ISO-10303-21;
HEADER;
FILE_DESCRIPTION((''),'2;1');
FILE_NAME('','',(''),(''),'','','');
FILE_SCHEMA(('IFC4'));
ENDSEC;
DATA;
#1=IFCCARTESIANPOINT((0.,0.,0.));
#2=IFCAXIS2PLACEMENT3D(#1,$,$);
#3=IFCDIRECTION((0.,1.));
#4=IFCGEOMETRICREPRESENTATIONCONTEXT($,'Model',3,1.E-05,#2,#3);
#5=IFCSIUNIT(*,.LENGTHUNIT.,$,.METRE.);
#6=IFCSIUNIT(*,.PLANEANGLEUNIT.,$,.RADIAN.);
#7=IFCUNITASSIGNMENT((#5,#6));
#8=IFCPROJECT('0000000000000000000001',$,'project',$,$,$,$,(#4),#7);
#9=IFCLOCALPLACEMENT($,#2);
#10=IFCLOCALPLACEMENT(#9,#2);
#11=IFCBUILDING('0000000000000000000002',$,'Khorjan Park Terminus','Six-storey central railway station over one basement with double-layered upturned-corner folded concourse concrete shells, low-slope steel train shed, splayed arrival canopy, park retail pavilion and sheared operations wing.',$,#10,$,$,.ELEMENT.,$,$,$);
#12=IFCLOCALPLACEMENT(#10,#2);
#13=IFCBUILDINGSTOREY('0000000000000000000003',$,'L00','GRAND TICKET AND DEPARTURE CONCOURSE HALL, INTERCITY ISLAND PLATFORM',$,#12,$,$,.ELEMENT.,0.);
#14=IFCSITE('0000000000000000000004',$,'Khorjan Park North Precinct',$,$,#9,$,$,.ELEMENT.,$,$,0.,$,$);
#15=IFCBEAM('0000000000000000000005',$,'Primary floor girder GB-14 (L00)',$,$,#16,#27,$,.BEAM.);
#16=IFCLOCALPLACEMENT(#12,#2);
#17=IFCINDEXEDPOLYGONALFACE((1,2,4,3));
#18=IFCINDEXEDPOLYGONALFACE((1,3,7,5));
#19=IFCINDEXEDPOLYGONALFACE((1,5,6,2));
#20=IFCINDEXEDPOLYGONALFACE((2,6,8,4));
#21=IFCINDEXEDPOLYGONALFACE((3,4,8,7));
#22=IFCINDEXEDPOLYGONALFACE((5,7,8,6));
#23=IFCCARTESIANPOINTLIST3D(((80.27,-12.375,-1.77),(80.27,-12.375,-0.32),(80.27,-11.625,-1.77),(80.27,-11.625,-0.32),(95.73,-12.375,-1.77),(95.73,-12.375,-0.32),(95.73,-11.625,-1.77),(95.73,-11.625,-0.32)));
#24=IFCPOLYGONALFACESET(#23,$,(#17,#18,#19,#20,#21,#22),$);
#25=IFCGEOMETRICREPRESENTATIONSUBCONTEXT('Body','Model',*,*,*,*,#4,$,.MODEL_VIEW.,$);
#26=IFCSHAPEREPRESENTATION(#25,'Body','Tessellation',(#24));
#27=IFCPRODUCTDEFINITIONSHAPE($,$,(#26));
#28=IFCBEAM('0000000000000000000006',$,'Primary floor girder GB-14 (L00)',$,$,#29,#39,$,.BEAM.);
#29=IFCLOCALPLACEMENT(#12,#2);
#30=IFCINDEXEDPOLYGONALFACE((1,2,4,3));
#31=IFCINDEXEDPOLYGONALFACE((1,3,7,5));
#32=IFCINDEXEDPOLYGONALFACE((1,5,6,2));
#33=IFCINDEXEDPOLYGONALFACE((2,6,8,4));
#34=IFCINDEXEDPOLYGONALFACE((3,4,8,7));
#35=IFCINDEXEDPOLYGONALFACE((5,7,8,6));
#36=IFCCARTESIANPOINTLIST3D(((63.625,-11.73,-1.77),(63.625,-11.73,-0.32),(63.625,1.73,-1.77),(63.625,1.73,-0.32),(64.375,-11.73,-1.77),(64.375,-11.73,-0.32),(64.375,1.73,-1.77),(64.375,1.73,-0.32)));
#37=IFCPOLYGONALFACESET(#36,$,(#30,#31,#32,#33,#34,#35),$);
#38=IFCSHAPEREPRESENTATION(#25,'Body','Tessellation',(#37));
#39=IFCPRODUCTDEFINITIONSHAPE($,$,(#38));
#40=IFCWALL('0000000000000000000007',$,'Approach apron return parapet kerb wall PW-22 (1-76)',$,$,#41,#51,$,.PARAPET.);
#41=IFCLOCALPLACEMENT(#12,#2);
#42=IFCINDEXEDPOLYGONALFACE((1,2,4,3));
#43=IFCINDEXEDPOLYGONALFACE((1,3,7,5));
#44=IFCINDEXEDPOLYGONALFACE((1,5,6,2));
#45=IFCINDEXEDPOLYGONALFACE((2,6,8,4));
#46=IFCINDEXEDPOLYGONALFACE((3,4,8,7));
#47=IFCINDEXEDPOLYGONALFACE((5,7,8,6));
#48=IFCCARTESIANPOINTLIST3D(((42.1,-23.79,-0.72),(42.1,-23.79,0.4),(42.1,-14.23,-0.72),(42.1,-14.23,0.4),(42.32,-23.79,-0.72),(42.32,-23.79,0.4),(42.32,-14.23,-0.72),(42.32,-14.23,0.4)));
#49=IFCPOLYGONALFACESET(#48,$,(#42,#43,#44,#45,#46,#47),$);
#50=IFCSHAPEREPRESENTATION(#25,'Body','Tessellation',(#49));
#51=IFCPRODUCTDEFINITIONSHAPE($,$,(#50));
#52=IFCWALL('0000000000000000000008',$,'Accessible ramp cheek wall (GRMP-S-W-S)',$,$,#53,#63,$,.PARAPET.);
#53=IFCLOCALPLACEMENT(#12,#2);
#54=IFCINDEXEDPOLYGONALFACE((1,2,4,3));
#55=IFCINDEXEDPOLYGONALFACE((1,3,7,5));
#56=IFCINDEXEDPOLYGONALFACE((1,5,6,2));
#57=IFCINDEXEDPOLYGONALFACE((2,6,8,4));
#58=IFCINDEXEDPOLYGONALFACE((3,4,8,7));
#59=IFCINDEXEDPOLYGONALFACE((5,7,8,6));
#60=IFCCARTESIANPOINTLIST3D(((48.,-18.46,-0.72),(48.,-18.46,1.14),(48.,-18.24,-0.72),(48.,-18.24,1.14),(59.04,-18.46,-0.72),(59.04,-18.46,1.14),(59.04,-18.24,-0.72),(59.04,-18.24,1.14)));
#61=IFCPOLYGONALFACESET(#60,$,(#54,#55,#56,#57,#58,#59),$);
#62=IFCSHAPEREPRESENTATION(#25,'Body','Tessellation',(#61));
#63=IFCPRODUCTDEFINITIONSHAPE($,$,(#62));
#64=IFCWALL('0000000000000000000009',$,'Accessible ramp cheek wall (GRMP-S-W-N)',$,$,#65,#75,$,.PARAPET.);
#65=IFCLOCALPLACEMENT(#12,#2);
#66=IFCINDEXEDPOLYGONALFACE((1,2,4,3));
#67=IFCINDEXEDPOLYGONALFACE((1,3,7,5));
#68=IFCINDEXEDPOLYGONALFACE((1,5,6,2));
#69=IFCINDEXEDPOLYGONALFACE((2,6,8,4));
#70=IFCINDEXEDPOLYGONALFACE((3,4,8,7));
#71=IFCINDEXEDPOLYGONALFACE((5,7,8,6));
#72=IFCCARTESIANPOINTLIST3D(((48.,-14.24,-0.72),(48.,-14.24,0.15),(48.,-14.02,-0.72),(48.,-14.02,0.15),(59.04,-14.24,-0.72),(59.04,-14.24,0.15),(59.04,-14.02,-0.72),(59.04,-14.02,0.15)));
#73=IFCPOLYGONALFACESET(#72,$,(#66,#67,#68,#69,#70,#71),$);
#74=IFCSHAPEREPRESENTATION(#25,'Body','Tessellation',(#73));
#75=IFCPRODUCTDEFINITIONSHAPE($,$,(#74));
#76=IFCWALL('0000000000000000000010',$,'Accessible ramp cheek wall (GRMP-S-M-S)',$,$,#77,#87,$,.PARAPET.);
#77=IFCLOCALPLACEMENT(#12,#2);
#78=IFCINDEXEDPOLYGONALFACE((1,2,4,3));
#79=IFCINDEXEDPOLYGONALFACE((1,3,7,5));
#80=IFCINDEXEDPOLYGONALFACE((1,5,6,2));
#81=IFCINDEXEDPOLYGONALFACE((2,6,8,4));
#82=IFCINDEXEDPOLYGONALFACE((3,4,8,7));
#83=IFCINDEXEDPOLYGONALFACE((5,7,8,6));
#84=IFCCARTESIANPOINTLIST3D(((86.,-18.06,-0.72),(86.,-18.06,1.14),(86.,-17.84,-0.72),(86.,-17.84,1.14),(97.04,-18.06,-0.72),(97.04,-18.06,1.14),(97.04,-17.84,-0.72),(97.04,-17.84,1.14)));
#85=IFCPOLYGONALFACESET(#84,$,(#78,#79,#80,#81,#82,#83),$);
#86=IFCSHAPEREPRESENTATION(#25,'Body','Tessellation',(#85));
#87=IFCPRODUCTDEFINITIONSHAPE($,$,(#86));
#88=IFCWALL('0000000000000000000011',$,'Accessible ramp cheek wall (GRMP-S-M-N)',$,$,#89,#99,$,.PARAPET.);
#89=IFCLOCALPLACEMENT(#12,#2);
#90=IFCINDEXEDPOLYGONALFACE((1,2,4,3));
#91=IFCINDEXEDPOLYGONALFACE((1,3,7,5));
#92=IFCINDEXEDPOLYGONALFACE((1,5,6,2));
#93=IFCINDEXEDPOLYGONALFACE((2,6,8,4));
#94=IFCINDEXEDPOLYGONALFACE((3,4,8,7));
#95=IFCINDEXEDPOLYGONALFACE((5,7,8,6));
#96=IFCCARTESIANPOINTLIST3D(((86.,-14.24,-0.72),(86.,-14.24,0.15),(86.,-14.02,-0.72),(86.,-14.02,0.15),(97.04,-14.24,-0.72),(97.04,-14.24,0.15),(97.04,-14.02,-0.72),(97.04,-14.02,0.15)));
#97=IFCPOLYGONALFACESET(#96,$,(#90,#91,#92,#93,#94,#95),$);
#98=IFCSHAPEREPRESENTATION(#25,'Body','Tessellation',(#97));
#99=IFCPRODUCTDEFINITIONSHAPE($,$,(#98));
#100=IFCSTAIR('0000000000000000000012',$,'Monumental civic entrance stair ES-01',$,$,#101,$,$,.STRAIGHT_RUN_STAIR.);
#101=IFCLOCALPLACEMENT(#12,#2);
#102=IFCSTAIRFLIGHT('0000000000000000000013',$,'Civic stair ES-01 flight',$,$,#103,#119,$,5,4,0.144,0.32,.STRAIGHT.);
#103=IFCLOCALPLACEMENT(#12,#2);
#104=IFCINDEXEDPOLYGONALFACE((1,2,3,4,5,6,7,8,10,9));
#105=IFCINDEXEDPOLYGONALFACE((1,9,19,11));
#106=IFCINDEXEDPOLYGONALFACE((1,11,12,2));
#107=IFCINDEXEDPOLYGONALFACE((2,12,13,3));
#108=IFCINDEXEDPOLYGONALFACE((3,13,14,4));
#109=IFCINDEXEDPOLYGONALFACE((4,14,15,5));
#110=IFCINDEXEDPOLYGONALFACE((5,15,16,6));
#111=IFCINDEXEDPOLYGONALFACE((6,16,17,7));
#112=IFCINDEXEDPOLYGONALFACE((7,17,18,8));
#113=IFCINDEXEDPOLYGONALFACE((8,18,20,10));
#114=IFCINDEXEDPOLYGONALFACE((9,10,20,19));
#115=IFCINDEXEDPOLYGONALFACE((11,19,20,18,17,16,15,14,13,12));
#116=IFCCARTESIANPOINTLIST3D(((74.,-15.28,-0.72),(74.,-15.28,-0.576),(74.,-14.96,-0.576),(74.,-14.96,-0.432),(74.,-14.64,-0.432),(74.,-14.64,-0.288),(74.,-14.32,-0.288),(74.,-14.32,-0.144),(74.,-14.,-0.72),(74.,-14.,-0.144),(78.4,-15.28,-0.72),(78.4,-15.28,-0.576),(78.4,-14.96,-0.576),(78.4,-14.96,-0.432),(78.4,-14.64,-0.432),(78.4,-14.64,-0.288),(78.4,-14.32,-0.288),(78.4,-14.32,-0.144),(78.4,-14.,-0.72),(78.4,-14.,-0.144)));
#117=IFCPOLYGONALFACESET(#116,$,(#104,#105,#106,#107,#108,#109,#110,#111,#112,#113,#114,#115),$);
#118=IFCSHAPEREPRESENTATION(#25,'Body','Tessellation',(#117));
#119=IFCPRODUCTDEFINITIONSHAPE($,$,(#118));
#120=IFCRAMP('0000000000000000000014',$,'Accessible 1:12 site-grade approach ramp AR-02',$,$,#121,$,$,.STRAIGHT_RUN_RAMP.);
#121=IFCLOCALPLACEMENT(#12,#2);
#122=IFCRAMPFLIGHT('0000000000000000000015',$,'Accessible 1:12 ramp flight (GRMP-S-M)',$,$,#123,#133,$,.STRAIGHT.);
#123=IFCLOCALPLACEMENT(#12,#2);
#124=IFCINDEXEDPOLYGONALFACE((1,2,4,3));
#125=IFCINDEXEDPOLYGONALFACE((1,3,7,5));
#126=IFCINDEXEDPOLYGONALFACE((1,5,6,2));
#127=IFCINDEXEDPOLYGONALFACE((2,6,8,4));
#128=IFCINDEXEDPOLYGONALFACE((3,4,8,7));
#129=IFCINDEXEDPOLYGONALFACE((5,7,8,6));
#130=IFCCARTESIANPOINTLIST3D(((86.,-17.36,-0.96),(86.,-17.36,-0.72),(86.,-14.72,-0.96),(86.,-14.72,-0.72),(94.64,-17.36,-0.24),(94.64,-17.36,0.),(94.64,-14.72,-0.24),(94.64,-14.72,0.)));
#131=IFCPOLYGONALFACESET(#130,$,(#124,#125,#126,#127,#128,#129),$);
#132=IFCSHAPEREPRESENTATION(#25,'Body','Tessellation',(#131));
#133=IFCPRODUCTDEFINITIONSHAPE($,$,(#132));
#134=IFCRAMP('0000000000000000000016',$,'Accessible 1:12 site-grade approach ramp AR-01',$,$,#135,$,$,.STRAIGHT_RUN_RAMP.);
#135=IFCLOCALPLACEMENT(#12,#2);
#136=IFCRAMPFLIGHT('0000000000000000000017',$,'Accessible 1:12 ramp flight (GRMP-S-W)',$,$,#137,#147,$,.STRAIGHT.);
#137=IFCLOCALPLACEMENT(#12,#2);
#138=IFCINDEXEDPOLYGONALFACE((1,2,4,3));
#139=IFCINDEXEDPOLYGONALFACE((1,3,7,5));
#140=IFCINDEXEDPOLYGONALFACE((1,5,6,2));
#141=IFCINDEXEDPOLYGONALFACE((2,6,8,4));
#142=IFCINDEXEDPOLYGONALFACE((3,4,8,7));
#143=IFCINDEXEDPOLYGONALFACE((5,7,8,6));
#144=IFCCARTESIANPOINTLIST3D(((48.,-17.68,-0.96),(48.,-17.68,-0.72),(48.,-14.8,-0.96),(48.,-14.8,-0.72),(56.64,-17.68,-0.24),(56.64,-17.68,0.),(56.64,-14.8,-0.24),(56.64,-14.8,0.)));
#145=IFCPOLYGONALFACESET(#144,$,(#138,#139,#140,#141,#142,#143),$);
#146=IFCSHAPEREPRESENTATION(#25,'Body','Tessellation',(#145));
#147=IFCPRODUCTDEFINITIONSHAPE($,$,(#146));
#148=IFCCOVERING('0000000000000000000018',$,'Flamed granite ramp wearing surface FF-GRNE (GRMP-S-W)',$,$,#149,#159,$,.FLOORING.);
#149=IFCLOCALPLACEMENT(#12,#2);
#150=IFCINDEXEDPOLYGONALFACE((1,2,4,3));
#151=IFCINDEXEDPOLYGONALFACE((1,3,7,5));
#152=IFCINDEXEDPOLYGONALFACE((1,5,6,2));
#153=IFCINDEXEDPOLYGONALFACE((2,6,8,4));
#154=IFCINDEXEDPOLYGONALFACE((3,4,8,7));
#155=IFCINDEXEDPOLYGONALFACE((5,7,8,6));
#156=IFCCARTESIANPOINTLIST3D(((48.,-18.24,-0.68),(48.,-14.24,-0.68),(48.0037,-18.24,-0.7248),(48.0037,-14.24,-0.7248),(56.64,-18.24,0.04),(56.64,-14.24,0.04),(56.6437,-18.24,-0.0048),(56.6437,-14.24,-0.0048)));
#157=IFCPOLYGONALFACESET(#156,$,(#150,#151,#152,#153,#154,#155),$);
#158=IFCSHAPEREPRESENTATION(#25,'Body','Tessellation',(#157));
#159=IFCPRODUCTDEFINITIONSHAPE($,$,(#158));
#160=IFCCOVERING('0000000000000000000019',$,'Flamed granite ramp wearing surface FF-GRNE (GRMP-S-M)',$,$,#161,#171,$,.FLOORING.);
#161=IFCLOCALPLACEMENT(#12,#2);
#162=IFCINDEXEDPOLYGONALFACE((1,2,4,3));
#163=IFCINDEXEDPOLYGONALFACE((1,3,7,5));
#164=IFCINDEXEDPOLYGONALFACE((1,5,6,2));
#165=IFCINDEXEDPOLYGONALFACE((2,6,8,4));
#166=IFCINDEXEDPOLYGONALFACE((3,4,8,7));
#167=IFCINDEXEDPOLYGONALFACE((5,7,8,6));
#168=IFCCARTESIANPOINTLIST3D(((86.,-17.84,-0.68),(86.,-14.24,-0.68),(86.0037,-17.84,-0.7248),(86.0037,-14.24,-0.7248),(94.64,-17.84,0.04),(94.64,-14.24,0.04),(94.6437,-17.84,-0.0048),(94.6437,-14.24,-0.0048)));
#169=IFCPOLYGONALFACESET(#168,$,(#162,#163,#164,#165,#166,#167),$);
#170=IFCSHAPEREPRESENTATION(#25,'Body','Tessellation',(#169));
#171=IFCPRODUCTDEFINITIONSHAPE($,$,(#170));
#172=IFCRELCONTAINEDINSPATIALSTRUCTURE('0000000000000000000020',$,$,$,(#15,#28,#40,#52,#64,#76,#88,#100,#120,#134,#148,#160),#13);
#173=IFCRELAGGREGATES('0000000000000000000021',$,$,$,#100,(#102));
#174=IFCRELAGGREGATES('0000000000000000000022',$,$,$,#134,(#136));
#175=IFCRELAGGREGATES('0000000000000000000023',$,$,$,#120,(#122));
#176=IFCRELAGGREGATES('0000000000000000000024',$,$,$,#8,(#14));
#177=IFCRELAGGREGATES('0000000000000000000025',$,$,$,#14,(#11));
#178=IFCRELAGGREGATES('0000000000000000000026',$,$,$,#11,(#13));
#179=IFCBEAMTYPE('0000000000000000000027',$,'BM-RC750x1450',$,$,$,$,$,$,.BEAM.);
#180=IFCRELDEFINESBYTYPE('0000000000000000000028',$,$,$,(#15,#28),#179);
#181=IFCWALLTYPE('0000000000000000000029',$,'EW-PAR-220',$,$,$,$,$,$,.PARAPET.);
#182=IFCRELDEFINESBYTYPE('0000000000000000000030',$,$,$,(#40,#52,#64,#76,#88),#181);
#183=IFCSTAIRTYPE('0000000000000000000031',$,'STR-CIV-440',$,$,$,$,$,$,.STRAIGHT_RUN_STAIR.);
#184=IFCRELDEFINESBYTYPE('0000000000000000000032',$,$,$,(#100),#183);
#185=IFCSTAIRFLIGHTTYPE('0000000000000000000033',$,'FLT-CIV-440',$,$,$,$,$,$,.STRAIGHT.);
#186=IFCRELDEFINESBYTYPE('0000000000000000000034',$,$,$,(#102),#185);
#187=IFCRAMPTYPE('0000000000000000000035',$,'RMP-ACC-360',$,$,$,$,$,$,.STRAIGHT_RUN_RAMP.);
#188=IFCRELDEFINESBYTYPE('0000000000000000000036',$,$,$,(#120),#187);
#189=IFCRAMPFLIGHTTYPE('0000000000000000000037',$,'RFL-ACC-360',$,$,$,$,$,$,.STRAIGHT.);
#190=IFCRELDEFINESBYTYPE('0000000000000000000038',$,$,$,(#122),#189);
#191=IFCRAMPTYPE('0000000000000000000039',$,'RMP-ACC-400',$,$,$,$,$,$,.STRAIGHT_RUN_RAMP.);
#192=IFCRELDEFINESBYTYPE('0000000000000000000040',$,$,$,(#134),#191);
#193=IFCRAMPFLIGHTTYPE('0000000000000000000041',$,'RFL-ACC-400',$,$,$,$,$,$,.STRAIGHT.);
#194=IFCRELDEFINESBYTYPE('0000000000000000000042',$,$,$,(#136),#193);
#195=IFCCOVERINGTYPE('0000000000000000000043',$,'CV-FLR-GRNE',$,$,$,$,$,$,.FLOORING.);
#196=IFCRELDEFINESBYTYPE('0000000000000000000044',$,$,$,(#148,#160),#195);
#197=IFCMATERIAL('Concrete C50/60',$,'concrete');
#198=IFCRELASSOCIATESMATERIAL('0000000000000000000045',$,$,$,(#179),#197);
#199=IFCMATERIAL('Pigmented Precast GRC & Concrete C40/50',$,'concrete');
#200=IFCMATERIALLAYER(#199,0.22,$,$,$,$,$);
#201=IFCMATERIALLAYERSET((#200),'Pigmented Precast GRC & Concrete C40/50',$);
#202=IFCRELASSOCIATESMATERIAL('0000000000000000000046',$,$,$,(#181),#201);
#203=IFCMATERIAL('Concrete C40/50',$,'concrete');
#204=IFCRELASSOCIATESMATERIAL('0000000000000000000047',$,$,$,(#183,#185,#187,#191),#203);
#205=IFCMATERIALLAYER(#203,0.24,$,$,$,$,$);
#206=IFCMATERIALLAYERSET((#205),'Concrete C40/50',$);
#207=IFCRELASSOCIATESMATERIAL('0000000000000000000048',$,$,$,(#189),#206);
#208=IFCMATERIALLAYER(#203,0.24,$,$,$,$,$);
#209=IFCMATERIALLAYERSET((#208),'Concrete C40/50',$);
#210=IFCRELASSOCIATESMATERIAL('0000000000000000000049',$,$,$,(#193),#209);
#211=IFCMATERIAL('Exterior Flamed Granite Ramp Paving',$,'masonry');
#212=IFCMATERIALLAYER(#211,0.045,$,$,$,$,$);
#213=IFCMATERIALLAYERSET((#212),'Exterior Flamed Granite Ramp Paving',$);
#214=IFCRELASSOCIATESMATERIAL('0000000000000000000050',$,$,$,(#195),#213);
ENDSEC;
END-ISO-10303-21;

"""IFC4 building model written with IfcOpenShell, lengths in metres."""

from ifc_helpers import new_model, si_unit, direction, frame, frame_2d, origin, origin_2d, place, context, subcontext, project, spatial, polyline, rectangle, outline, extrude, material, layer, layer_set, material_profile, profile_set, type_object, element, aggregate, save


model = new_model("IFC4")

# Units and contexts
model_context = context("Model", 3, precision=1e-05, world=origin(), true_north=direction((0.0, 1.0)))
body_context = subcontext(model_context, "Body", "Model", "MODEL_VIEW")
ifc_project = project(units=[si_unit("LENGTHUNIT", "METRE"), si_unit("PLANEANGLEUNIT", "RADIAN")], contexts=[model_context])

# Site, building, storey
site_placement = place(None, origin())
site = spatial("IfcSite", under=ifc_project, at=site_placement, Name="Khorjan Park North Precinct", CompositionType="ELEMENT", RefElevation=0.0)
building_placement = place(site_placement, origin())
building = spatial("IfcBuilding", under=site, at=building_placement, Name="Khorjan Park Terminus", Description="Six-storey central railway station over one basement with double-layered upturned-corner folded concourse concrete shells, low-slope steel train shed, splayed arrival canopy, park retail pavilion and sheared operations wing.", CompositionType="ELEMENT")
storey_placement = place(building_placement, origin())
storey = spatial("IfcBuildingStorey", under=building, at=storey_placement, Name="L00", Description="GRAND TICKET AND DEPARTURE CONCOURSE HALL, INTERCITY ISLAND PLATFORM", CompositionType="ELEMENT", Elevation=0.0)

# Beams
ifc_material_1 = material(Name="Concrete C40/50", Category="concrete")
ifc_material_2 = material(Name="Concrete C50/60", Category="concrete")
ifc_material_profile_1 = material_profile(ifc_material_2, rectangle(XDim=0.75, YDim=1.45, at=origin_2d()), Name="RC 750x1450")
ifc_profile_set_1 = profile_set([ifc_material_profile_1], Name="Concrete C50/60")
beam_type_1 = type_object("IfcBeamType", Name="BM-RC750x1450", PredefinedType="BEAM", material=ifc_profile_set_1)
beam_1_placement = place(storey_placement, frame((80.27, -12.0, -1.045), z_axis=(1.0, 0.0, 0.0), x_axis=(0.0, 1.0, 0.0)))
element("IfcBeam", 1, at=beam_1_placement, inside=storey, type_object=beam_type_1, Name="Primary floor girder GB-14 (L00)", PredefinedType="BEAM", context=body_context, shape_type="SweptSolid", body=[
    extrude(rectangle(XDim=0.75, YDim=1.45, at=origin_2d()), origin(), (0.0, 0.0, 1.0), 15.46),
])
beam_2_placement = place(storey_placement, frame((64.0, -11.73, -1.045), z_axis=(0.0, 1.0, 0.0), x_axis=(-1.0, 0.0, 0.0)))
element("IfcBeam", 2, at=beam_2_placement, inside=storey, type_object=beam_type_1, Name="Primary floor girder GB-14 (L00)", PredefinedType="BEAM", context=body_context, shape_type="SweptSolid", body=[
    extrude(rectangle(XDim=0.75, YDim=1.45, at=origin_2d()), origin(), (0.0, 0.0, 1.0), 13.46),
])

# Walls
ifc_material_3 = material(Name="Pigmented Precast GRC & Concrete C40/50", Category="concrete")
ifc_layer_1 = layer(ifc_material_3, 0.22)
ifc_layer_set_1 = layer_set([ifc_layer_1], Name="Pigmented Precast GRC & Concrete C40/50")
wall_type = type_object("IfcWallType", Name="EW-PAR-220", PredefinedType="PARAPET", material=ifc_layer_set_1)
wall_1_placement = place(storey_placement, frame((42.21, -23.79, -0.72), z_axis=(0.0, 0.0, 1.0), x_axis=(0.0, 1.0, 0.0)))
element("IfcWall", 3, at=wall_1_placement, inside=storey, type_object=wall_type, Name="Approach apron return parapet kerb wall PW-22 (1-76)", PredefinedType="PARAPET", context=body_context, shape_type="SweptSolid", body=[
    extrude(rectangle(XDim=9.56, YDim=0.22, at=frame_2d((4.78, 0.0))), origin(), (0.0, 0.0, 1.0), 1.12),
])
wall_2_placement = place(storey_placement, frame((48.0, -18.35, -0.72), z_axis=(0.0, 0.0, 1.0), x_axis=(1.0, 0.0, 0.0)))
element("IfcWall", 4, at=wall_2_placement, inside=storey, type_object=wall_type, Name="Accessible ramp cheek wall (GRMP-S-W-S)", PredefinedType="PARAPET", context=body_context, shape_type="SweptSolid", body=[
    extrude(rectangle(XDim=11.04, YDim=0.22, at=frame_2d((5.52, 0.0))), origin(), (0.0, 0.0, 1.0), 1.86),
])
wall_3_placement = place(storey_placement, frame((48.0, -14.13, -0.72), z_axis=(0.0, 0.0, 1.0), x_axis=(1.0, 0.0, 0.0)))
element("IfcWall", 5, at=wall_3_placement, inside=storey, type_object=wall_type, Name="Accessible ramp cheek wall (GRMP-S-W-N)", PredefinedType="PARAPET", context=body_context, shape_type="SweptSolid", body=[
    extrude(rectangle(XDim=11.04, YDim=0.22, at=frame_2d((5.52, 0.0))), origin(), (0.0, 0.0, 1.0), 0.87),
])
wall_4_placement = place(storey_placement, frame((86.0, -17.95, -0.72), z_axis=(0.0, 0.0, 1.0), x_axis=(1.0, 0.0, 0.0)))
element("IfcWall", 6, at=wall_4_placement, inside=storey, type_object=wall_type, Name="Accessible ramp cheek wall (GRMP-S-M-S)", PredefinedType="PARAPET", context=body_context, shape_type="SweptSolid", body=[
    extrude(rectangle(XDim=11.04, YDim=0.22, at=frame_2d((5.52, 0.0))), origin(), (0.0, 0.0, 1.0), 1.86),
])
wall_5_placement = place(storey_placement, frame((86.0, -14.13, -0.72), z_axis=(0.0, 0.0, 1.0), x_axis=(1.0, 0.0, 0.0)))
element("IfcWall", 7, at=wall_5_placement, inside=storey, type_object=wall_type, Name="Accessible ramp cheek wall (GRMP-S-M-N)", PredefinedType="PARAPET", context=body_context, shape_type="SweptSolid", body=[
    extrude(rectangle(XDim=11.04, YDim=0.22, at=frame_2d((5.52, 0.0))), origin(), (0.0, 0.0, 1.0), 0.87),
])

# Stair, stair flight
stair_type = type_object("IfcStairType", Name="STR-CIV-440", PredefinedType="STRAIGHT_RUN_STAIR", material=ifc_material_1)
stair_placement = place(storey_placement, origin())
stair = element("IfcStair", 8, at=stair_placement, inside=storey, type_object=stair_type, Name="Monumental civic entrance stair ES-01", PredefinedType="STRAIGHT_RUN_STAIR")
stair_flight_type = type_object("IfcStairFlightType", Name="FLT-CIV-440", PredefinedType="STRAIGHT", material=ifc_material_1)
stair_flight_placement = place(storey_placement, frame((76.2, -15.28, -0.72), z_axis=(0.0, 0.0, 1.0), x_axis=(0.0, 1.0, 0.0)))
stair_flight = element("IfcStairFlight", 9, at=stair_flight_placement, type_object=stair_flight_type, Name="Civic stair ES-01 flight", NumberOfRisers=5, NumberOfTreads=4, PredefinedType="STRAIGHT", RiserHeight=0.144, TreadLength=0.32, context=body_context, shape_type="SweptSolid", body=[
    extrude(outline(polyline([(0.0, 0.0), (0.0, 0.144), (0.32, 0.144), (0.32, 0.288), (0.64, 0.288), (0.64, 0.432), (0.96, 0.432), (0.96, 0.576), (1.28, 0.576), (1.28, 0.0), (0.0, 0.0)])), frame((0.0, 2.2, 0.0), z_axis=(0.0, -1.0, 0.0), x_axis=(1.0, 0.0, 0.0)), (0.0, 0.0, 1.0), 4.4),
])

# Ramps, ramp flights
ramp_type_1 = type_object("IfcRampType", Name="RMP-ACC-360", PredefinedType="STRAIGHT_RUN_RAMP", material=ifc_material_1)
ramp_1_placement = place(storey_placement, origin())
ramp_1 = element("IfcRamp", 10, at=ramp_1_placement, inside=storey, type_object=ramp_type_1, Name="Accessible 1:12 site-grade approach ramp AR-02", PredefinedType="STRAIGHT_RUN_RAMP")
ifc_layer_2 = layer(ifc_material_1, 0.24)
ifc_layer_set_2 = layer_set([ifc_layer_2], Name="Concrete C40/50")
ramp_flight_type_1 = type_object("IfcRampFlightType", Name="RFL-ACC-360", PredefinedType="STRAIGHT", material=ifc_layer_set_2)
ramp_flight_1_placement = place(storey_placement, frame((86.0, -16.04, -0.72), z_axis=(0.0, 0.0, 1.0), x_axis=(1.0, 0.0, 0.0)))
ramp_flight_1 = element("IfcRampFlight", 11, at=ramp_flight_1_placement, type_object=ramp_flight_type_1, Name="Accessible 1:12 ramp flight (GRMP-S-M)", PredefinedType="STRAIGHT", context=body_context, shape_type="SweptSolid", body=[
    extrude(outline(polyline([(0.0, 0.0), (8.64, 0.72), (8.64, 0.48), (0.0, -0.24), (0.0, 0.0)])), frame((0.0, 1.32, 0.0), z_axis=(0.0, -1.0, 0.0), x_axis=(1.0, 0.0, 0.0)), (0.0, 0.0, 1.0), 2.64),
])
ramp_type_2 = type_object("IfcRampType", Name="RMP-ACC-400", PredefinedType="STRAIGHT_RUN_RAMP", material=ifc_material_1)
ramp_2_placement = place(storey_placement, origin())
ramp_2 = element("IfcRamp", 12, at=ramp_2_placement, inside=storey, type_object=ramp_type_2, Name="Accessible 1:12 site-grade approach ramp AR-01", PredefinedType="STRAIGHT_RUN_RAMP")
ifc_layer_3 = layer(ifc_material_1, 0.24)
ifc_layer_set_3 = layer_set([ifc_layer_3], Name="Concrete C40/50")
ramp_flight_type_2 = type_object("IfcRampFlightType", Name="RFL-ACC-400", PredefinedType="STRAIGHT", material=ifc_layer_set_3)
ramp_flight_2_placement = place(storey_placement, frame((48.0, -16.24, -0.72), z_axis=(0.0, 0.0, 1.0), x_axis=(1.0, 0.0, 0.0)))
ramp_flight_2 = element("IfcRampFlight", 13, at=ramp_flight_2_placement, type_object=ramp_flight_type_2, Name="Accessible 1:12 ramp flight (GRMP-S-W)", PredefinedType="STRAIGHT", context=body_context, shape_type="SweptSolid", body=[
    extrude(outline(polyline([(0.0, 0.0), (8.64, 0.72), (8.64, 0.48), (0.0, -0.24), (0.0, 0.0)])), frame((0.0, 1.44, 0.0), z_axis=(0.0, -1.0, 0.0), x_axis=(1.0, 0.0, 0.0)), (0.0, 0.0, 1.0), 2.88),
])

# Coverings
ifc_material_4 = material(Name="Exterior Flamed Granite Ramp Paving", Category="masonry")
ifc_layer_4 = layer(ifc_material_4, 0.045)
ifc_layer_set_4 = layer_set([ifc_layer_4], Name="Exterior Flamed Granite Ramp Paving")
covering_type = type_object("IfcCoveringType", Name="CV-FLR-GRNE", PredefinedType="FLOORING", material=ifc_layer_set_4)
covering_1_placement = place(storey_placement, frame((48.0, -18.24, -0.68), z_axis=(-0.083045, 0.0, 0.996546), x_axis=(0.996546, 0.0, 0.083045)))
element("IfcCovering", 14, at=covering_1_placement, inside=storey, type_object=covering_type, Name="Flamed granite ramp wearing surface FF-GRNE (GRMP-S-W)", PredefinedType="FLOORING", context=body_context, shape_type="SweptSolid", body=[
    extrude(outline(polyline([(0.0, 0.0), (8.6699, 0.0), (8.6699, 4.0), (0.0, 4.0), (0.0, 0.0)])), origin(), (0.0, 0.0, -1.0), 0.045),
])
covering_2_placement = place(storey_placement, frame((86.0, -17.84, -0.68), z_axis=(-0.083045, 0.0, 0.996546), x_axis=(0.996546, 0.0, 0.083045)))
element("IfcCovering", 15, at=covering_2_placement, inside=storey, type_object=covering_type, Name="Flamed granite ramp wearing surface FF-GRNE (GRMP-S-M)", PredefinedType="FLOORING", context=body_context, shape_type="SweptSolid", body=[
    extrude(outline(polyline([(0.0, 0.0), (8.6699, 0.0), (8.6699, 3.6), (0.0, 3.6), (0.0, 0.0)])), origin(), (0.0, 0.0, -1.0), 0.045),
])

aggregate(stair, [stair_flight])
aggregate(ramp_2, [ramp_flight_2])
aggregate(ramp_1, [ramp_flight_1])

save(model, "model.ifc")
